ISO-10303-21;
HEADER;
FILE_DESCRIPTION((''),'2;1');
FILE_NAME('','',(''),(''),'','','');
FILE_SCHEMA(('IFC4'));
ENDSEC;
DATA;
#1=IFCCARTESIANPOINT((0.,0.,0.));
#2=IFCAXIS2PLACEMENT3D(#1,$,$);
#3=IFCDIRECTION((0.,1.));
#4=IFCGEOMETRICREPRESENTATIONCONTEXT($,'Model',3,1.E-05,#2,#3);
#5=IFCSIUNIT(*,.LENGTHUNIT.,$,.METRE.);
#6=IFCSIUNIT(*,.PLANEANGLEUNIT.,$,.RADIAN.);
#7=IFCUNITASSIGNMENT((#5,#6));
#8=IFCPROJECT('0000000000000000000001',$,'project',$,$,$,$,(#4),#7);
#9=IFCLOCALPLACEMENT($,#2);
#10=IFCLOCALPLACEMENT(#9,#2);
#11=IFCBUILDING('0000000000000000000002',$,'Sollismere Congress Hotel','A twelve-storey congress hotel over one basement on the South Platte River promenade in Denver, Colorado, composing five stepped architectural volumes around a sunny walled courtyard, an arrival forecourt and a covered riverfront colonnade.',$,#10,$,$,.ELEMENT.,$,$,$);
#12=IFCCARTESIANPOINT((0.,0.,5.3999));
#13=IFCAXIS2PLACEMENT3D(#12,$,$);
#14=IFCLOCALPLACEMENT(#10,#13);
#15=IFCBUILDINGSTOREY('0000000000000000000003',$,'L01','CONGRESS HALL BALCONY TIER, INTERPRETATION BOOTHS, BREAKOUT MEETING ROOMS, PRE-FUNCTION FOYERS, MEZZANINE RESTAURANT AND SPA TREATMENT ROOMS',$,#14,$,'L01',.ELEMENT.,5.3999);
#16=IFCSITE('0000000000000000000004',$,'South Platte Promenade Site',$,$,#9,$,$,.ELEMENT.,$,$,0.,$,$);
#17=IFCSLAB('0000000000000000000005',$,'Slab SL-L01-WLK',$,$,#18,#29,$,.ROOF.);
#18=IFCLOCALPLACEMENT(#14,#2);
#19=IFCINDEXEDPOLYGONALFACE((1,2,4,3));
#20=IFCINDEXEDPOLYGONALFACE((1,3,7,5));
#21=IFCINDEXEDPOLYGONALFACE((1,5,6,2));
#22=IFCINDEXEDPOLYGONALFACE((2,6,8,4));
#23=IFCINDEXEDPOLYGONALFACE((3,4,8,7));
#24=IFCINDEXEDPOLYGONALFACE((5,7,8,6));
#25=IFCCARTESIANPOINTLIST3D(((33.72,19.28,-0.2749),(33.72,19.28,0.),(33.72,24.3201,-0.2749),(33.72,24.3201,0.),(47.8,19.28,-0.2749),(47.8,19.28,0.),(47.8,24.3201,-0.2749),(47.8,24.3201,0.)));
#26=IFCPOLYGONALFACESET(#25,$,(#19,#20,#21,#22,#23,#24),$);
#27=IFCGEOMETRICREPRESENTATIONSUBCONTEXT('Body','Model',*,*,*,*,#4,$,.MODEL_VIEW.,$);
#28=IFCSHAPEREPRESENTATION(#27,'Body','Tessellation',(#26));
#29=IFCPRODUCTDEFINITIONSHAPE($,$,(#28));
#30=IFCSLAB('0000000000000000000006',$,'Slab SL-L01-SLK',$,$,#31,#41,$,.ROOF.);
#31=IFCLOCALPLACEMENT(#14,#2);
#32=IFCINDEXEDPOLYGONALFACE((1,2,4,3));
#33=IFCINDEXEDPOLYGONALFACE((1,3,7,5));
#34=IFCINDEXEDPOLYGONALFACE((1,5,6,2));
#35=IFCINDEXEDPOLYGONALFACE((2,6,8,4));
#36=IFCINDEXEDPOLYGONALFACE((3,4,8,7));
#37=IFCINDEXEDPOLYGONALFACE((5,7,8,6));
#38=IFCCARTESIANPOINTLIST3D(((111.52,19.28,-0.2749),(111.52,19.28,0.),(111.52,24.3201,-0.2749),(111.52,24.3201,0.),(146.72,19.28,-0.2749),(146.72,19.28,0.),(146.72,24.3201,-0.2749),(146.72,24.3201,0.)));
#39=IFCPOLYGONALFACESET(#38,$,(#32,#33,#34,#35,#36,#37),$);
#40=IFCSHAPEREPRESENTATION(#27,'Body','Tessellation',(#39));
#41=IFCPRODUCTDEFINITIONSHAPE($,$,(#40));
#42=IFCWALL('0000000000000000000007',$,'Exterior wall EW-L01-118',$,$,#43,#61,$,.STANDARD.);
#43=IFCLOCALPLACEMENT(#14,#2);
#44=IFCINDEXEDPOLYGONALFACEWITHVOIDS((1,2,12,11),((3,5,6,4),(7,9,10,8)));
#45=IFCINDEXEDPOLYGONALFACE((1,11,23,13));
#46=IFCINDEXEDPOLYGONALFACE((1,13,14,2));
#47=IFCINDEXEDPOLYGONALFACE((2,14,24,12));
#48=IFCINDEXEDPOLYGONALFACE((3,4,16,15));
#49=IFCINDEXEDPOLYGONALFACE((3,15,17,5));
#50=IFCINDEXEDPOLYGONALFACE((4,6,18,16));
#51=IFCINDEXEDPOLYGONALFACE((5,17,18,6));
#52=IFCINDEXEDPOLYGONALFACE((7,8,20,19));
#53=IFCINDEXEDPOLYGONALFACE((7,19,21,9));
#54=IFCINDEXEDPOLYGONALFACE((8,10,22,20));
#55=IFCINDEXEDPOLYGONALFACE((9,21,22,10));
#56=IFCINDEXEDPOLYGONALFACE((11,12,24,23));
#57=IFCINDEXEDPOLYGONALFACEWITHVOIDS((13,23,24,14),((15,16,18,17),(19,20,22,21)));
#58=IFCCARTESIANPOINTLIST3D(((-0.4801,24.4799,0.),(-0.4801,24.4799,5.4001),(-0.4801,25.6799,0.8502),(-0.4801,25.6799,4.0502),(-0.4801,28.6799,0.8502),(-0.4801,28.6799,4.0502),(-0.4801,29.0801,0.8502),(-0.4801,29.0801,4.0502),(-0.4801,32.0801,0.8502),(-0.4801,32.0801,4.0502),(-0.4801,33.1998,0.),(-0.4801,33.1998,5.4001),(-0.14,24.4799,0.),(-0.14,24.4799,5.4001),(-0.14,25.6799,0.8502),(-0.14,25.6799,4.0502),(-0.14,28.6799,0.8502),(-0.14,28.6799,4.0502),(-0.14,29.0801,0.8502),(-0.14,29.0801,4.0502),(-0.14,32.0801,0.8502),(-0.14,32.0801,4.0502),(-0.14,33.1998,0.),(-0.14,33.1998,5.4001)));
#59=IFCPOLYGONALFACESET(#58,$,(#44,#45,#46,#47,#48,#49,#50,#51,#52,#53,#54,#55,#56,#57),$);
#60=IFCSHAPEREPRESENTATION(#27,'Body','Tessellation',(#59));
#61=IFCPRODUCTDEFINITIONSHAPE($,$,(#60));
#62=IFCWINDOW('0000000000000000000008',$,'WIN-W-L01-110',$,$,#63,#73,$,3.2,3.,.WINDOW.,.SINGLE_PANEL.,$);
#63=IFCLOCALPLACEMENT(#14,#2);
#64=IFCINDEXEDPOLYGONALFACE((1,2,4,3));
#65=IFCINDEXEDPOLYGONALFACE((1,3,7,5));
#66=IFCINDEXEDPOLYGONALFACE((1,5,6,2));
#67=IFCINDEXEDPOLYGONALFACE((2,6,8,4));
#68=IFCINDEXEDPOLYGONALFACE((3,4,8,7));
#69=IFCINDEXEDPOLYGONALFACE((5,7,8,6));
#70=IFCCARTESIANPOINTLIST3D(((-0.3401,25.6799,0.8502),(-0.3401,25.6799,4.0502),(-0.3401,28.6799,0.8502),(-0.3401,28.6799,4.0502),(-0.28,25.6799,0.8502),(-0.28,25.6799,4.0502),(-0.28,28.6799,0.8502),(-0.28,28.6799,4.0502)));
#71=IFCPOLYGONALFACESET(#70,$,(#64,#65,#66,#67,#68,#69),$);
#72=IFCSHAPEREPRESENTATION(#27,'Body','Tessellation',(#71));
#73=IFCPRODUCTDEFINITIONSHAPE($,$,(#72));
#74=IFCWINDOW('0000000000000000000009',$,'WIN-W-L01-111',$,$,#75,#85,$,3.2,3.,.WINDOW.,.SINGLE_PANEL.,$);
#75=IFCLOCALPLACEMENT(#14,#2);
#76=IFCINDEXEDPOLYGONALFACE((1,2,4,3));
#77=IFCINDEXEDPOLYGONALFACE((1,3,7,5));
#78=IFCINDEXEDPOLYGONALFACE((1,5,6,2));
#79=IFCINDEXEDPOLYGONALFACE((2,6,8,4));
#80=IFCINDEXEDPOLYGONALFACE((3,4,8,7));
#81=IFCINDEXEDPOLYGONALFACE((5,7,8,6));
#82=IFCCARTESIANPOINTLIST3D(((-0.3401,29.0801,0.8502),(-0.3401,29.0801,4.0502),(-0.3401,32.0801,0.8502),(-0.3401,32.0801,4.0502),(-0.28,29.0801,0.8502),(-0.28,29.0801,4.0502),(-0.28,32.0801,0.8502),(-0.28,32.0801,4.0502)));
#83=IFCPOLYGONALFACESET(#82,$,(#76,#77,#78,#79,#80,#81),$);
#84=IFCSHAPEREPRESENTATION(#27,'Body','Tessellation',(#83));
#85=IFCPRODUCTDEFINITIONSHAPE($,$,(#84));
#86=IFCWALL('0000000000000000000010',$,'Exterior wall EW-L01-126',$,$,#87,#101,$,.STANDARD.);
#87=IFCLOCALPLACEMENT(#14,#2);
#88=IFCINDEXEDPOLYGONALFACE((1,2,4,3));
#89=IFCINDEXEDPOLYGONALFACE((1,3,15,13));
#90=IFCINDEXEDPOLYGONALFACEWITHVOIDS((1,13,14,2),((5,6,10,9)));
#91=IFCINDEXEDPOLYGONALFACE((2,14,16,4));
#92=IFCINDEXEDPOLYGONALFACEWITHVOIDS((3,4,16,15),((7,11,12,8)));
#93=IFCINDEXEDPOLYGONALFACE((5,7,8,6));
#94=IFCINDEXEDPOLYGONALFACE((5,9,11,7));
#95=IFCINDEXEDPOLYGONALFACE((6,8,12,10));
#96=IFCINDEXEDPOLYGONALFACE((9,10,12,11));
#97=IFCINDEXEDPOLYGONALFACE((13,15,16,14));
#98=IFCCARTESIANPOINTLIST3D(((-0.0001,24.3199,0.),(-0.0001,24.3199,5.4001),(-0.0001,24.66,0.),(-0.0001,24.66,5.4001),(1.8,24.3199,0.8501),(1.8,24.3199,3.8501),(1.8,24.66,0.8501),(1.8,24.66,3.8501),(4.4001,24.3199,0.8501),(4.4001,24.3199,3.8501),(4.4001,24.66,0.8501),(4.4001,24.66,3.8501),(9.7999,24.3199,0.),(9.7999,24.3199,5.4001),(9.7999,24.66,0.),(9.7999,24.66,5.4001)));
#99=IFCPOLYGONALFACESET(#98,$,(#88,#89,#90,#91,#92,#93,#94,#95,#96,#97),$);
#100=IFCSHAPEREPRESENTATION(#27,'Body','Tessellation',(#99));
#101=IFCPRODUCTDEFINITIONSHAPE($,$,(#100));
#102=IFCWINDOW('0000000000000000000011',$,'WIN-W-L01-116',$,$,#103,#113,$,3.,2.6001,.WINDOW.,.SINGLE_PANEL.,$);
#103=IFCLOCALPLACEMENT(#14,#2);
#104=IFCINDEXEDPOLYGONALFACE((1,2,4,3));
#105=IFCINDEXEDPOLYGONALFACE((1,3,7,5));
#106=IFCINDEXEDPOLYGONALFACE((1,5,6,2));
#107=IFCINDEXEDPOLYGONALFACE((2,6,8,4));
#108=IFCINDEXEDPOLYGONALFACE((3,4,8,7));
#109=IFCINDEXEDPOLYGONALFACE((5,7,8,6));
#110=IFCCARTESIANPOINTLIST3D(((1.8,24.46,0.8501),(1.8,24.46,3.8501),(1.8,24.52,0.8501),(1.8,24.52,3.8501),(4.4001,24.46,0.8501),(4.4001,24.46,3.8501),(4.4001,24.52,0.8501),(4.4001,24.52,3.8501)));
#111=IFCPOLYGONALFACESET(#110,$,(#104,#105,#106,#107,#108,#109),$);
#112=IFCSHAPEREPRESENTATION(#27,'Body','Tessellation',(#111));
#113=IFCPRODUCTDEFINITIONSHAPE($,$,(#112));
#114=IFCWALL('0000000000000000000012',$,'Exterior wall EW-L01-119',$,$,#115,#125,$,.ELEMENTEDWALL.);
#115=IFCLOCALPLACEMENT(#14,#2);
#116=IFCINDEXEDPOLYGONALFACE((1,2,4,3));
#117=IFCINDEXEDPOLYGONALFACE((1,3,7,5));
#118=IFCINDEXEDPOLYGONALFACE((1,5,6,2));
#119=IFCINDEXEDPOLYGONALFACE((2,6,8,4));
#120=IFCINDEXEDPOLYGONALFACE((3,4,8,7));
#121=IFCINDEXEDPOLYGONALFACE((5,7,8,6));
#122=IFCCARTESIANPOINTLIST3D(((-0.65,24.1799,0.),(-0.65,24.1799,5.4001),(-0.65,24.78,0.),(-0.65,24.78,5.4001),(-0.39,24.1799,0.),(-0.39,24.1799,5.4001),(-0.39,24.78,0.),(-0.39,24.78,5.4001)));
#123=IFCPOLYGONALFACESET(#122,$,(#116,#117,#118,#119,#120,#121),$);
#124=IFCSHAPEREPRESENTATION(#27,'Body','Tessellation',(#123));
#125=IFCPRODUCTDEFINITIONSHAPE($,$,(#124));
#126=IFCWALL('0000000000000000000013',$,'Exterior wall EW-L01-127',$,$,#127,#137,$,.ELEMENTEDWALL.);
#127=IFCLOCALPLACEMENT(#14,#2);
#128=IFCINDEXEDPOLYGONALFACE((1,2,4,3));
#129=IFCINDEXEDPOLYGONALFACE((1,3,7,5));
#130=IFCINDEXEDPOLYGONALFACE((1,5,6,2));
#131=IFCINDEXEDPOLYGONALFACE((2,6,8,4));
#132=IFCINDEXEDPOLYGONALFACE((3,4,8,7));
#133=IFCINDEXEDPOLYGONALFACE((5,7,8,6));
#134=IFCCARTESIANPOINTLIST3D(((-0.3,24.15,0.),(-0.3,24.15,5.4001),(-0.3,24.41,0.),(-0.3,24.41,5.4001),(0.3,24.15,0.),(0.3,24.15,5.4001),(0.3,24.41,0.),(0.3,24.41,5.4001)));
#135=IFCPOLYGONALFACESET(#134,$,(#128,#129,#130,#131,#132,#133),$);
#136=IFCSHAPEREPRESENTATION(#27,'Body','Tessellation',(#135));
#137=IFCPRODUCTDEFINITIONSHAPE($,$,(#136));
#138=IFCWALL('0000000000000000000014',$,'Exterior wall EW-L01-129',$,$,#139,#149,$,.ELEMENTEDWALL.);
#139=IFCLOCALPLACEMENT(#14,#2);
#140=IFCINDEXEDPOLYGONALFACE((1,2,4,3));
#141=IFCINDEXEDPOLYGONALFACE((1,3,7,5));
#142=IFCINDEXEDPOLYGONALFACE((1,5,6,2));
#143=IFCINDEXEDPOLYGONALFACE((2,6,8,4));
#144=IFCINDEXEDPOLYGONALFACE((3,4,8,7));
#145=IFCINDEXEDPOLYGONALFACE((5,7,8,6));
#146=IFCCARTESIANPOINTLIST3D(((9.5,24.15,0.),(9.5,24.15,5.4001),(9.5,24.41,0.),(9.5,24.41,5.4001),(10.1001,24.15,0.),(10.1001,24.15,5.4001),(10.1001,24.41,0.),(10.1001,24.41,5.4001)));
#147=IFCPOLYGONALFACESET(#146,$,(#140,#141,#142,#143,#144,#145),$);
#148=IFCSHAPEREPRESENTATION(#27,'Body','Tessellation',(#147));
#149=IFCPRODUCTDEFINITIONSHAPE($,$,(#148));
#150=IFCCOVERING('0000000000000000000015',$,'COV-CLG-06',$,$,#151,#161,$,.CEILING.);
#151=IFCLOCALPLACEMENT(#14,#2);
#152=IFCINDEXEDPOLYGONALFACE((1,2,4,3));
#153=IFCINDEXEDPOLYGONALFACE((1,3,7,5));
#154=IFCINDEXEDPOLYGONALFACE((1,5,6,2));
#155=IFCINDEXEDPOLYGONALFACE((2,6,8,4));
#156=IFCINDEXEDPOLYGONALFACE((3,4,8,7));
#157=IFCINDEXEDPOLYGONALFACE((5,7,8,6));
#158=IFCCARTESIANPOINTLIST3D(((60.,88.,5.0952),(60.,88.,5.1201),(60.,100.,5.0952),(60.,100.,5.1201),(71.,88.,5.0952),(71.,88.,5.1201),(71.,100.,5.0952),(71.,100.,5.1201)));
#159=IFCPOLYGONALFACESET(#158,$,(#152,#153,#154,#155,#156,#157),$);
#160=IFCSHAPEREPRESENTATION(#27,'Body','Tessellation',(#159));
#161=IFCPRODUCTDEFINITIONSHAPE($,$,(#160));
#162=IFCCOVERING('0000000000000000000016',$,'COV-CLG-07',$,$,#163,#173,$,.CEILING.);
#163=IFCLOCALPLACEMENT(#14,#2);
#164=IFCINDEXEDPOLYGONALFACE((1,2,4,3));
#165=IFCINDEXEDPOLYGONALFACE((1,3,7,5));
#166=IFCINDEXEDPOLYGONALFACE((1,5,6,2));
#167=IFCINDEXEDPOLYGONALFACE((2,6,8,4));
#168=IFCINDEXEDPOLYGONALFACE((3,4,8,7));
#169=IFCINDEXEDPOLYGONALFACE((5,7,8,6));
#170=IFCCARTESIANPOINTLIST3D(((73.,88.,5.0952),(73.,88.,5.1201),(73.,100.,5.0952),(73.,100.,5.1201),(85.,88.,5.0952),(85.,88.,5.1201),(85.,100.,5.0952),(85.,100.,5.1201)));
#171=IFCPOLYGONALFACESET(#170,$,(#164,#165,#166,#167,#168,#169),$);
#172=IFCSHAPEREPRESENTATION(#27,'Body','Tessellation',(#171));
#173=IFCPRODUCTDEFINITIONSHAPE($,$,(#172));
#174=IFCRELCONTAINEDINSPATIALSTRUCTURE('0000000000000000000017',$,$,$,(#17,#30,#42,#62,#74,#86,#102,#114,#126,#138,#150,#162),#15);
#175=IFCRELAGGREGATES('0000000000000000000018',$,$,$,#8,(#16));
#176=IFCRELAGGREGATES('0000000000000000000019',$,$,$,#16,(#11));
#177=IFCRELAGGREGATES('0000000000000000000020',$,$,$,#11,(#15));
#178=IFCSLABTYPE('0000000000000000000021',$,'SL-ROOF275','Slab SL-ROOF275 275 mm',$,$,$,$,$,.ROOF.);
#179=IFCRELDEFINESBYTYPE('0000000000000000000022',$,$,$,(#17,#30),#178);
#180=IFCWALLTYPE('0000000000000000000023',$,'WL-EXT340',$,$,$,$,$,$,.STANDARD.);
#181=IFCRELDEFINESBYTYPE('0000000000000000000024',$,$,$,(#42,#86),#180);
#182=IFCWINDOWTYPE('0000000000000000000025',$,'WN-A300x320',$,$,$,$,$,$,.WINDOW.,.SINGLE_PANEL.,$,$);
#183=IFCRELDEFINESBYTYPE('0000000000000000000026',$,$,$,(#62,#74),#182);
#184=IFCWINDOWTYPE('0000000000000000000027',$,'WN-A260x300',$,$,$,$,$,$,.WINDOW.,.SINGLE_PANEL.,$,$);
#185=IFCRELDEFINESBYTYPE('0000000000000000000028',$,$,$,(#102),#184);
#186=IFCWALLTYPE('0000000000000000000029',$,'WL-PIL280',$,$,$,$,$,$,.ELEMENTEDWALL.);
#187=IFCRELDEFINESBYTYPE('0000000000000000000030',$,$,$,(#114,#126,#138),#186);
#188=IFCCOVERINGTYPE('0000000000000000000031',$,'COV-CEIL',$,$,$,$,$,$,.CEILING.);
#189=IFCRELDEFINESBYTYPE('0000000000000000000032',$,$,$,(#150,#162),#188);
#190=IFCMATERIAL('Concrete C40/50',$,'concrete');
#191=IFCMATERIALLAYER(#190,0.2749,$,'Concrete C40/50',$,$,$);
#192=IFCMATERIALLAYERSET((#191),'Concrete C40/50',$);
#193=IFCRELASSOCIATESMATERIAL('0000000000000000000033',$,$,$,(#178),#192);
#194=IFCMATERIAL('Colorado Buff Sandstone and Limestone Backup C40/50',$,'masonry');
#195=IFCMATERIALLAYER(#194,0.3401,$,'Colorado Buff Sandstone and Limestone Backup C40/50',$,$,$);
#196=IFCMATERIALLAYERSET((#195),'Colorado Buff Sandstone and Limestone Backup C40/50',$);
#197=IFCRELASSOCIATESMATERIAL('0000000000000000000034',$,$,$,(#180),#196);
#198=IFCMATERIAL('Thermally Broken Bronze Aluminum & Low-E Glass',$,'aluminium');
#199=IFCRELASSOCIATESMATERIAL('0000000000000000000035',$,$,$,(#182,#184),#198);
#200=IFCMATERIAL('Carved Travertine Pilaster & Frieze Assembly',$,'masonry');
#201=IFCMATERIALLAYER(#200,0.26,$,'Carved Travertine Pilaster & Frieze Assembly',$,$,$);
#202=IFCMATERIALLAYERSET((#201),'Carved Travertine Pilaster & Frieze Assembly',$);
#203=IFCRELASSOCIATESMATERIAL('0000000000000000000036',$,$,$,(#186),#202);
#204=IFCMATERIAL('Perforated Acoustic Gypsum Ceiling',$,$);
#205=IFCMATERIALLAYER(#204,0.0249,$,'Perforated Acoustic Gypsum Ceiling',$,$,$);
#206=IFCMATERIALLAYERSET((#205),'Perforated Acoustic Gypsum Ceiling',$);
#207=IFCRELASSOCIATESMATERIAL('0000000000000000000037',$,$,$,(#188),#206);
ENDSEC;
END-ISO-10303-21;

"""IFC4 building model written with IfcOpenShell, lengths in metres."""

from ifc_helpers import new_model, si_unit, direction, frame, frame_2d, origin, place, context, subcontext, project, spatial, polyline, rectangle, outline, extrude, material, layer, layer_set, type_object, element, fill, save


model = new_model("IFC4")

# Units and contexts
model_context = context("Model", 3, precision=1e-05, world=origin(), true_north=direction((0.0, 1.0)))
body_context = subcontext(model_context, "Body", "Model", "MODEL_VIEW")
ifc_project = project(units=[si_unit("LENGTHUNIT", "METRE"), si_unit("PLANEANGLEUNIT", "RADIAN")], contexts=[model_context])

# Site, building, storey
site_placement = place(None, origin())
site = spatial("IfcSite", under=ifc_project, at=site_placement, Name="South Platte Promenade Site", CompositionType="ELEMENT", RefElevation=0.0)
building_placement = place(site_placement, origin())
building = spatial("IfcBuilding", under=site, at=building_placement, Name="Sollismere Congress Hotel", Description="A twelve-storey congress hotel over one basement on the South Platte River promenade in Denver, Colorado, composing five stepped architectural volumes around a sunny walled courtyard, an arrival forecourt and a covered riverfront colonnade.", CompositionType="ELEMENT")
storey_placement = place(building_placement, frame((0.0, 0.0, 5.3999)))
storey = spatial("IfcBuildingStorey", under=building, at=storey_placement, Name="L01", Description="CONGRESS HALL BALCONY TIER, INTERPRETATION BOOTHS, BREAKOUT MEETING ROOMS, PRE-FUNCTION FOYERS, MEZZANINE RESTAURANT AND SPA TREATMENT ROOMS", LongName="L01", CompositionType="ELEMENT", Elevation=5.3999)

# Shared definitions
ifc_material_1 = material(Name="Concrete C40/50", Category="concrete")

# Slabs
ifc_layer_1 = layer(ifc_material_1, 0.2749, Name="Concrete C40/50")
ifc_layer_set_1 = layer_set([ifc_layer_1], Name="Concrete C40/50")
slab_type_1 = type_object("IfcSlabType", Name="SL-ROOF275", Description="Slab SL-ROOF275 275 mm", PredefinedType="ROOF", material=ifc_layer_set_1)
slab_1_placement = place(storey_placement, frame((0.0, 0.0, -0.2749)))
element("IfcSlab", 1, at=slab_1_placement, inside=storey, type_object=slab_type_1, Name="Slab SL-L01-WLK", PredefinedType="ROOF", context=body_context, shape_type="SweptSolid", body=[
    extrude(outline(polyline([(47.8, 19.28), (47.8, 24.3201), (33.72, 24.3201), (33.72, 19.28), (47.8, 19.28)])), origin(), (0.0, 0.0, 1.0), 0.2749),
])
slab_2_placement = place(storey_placement, frame((0.0, 0.0, -0.2749)))
element("IfcSlab", 2, at=slab_2_placement, inside=storey, type_object=slab_type_1, Name="Slab SL-L01-SLK", PredefinedType="ROOF", context=body_context, shape_type="SweptSolid", body=[
    extrude(outline(polyline([(146.72, 19.28), (146.72, 24.3201), (111.52, 24.3201), (111.52, 19.28), (146.72, 19.28)])), origin(), (0.0, 0.0, 1.0), 0.2749),
])

# Wall, openings, windows
ifc_material_2 = material(Name="Colorado Buff Sandstone and Limestone Backup C40/50", Category="masonry")
ifc_layer_2 = layer(ifc_material_2, 0.3401, Name="Colorado Buff Sandstone and Limestone Backup C40/50")
ifc_layer_set_2 = layer_set([ifc_layer_2], Name="Colorado Buff Sandstone and Limestone Backup C40/50")
wall_type_1 = type_object("IfcWallType", Name="WL-EXT340", PredefinedType="STANDARD", material=ifc_layer_set_2)
wall_1_placement = place(storey_placement, frame((-0.3101, 24.48, 0.0), z_axis=(0.0, 0.0, 1.0), x_axis=(0.0, 1.0, 0.0)))
wall_1 = element("IfcWall", 3, at=wall_1_placement, inside=storey, type_object=wall_type_1, Name="Exterior wall EW-L01-118", PredefinedType="STANDARD", context=body_context, shape_type="SweptSolid", body=[
    extrude(rectangle(XDim=8.72, YDim=0.3401, at=frame_2d((4.3599, 0.0))), origin(), (0.0, 0.0, 1.0), 5.4001),
])
opening_1_placement = place(wall_1_placement, frame((1.2, 0.0, 0.8501)))
opening_1 = element("IfcOpeningElement", 4, at=opening_1_placement, cuts=wall_1, PredefinedType="OPENING", context=body_context, shape_type="SweptSolid", body=[
    extrude(rectangle(XDim=3.0, YDim=3.2, at=frame_2d((1.5, 1.6001))), frame((0.0, 0.1799, 0.0), z_axis=(0.0, -1.0, 0.0), x_axis=(1.0, 0.0, 0.0)), (0.0, 0.0, 1.0), 0.3601),
])
opening_2_placement = place(wall_1_placement, frame((4.6001, 0.0, 0.8501)))
opening_2 = element("IfcOpeningElement", 5, at=opening_2_placement, cuts=wall_1, PredefinedType="OPENING", context=body_context, shape_type="SweptSolid", body=[
    extrude(rectangle(XDim=3.0, YDim=3.2, at=frame_2d((1.5, 1.6001))), frame((0.0, 0.1799, 0.0), z_axis=(0.0, -1.0, 0.0), x_axis=(1.0, 0.0, 0.0)), (0.0, 0.0, 1.0), 0.3601),
])
ifc_material_3 = material(Name="Thermally Broken Bronze Aluminum & Low-E Glass", Category="aluminium")
window_type_1 = type_object("IfcWindowType", Name="WN-A300x320", PartitioningType="SINGLE_PANEL", PredefinedType="WINDOW", material=ifc_material_3)
window_1_placement = place(opening_1_placement, origin())
window_1 = element("IfcWindow", 6, at=window_1_placement, inside=storey, type_object=window_type_1, Name="WIN-W-L01-110", OverallHeight=3.2, OverallWidth=3.0, PartitioningType="SINGLE_PANEL", PredefinedType="WINDOW", context=body_context, shape_type="SweptSolid", body=[
    extrude(rectangle(XDim=3.0, YDim=3.2, at=frame_2d((1.5, 1.6001))), frame((0.0, 0.03, 0.0), z_axis=(0.0, -1.0, 0.0), x_axis=(1.0, 0.0, 0.0)), (0.0, 0.0, 1.0), 0.0601),
])
fill(opening_1, window_1)
window_2_placement = place(opening_2_placement, origin())
window_2 = element("IfcWindow", 7, at=window_2_placement, inside=storey, type_object=window_type_1, Name="WIN-W-L01-111", OverallHeight=3.2, OverallWidth=3.0, PartitioningType="SINGLE_PANEL", PredefinedType="WINDOW", context=body_context, shape_type="SweptSolid", body=[
    extrude(rectangle(XDim=3.0, YDim=3.2, at=frame_2d((1.5, 1.6001))), frame((0.0, 0.03, 0.0), z_axis=(0.0, -1.0, 0.0), x_axis=(1.0, 0.0, 0.0)), (0.0, 0.0, 1.0), 0.0601),
])
fill(opening_2, window_2)

# Wall, opening, window
wall_2_placement = place(storey_placement, frame((0.0, 24.49, 0.0), z_axis=(0.0, 0.0, 1.0), x_axis=(1.0, 0.0, 0.0)))
wall_2 = element("IfcWall", 8, at=wall_2_placement, inside=storey, type_object=wall_type_1, Name="Exterior wall EW-L01-126", PredefinedType="STANDARD", context=body_context, shape_type="SweptSolid", body=[
    extrude(rectangle(XDim=9.8, YDim=0.3401, at=frame_2d((4.8999, 0.0))), origin(), (0.0, 0.0, 1.0), 5.4001),
])
opening_3_placement = place(wall_2_placement, frame((1.8, 0.0, 0.8501)))
opening_3 = element("IfcOpeningElement", 9, at=opening_3_placement, cuts=wall_2, PredefinedType="OPENING", context=body_context, shape_type="SweptSolid", body=[
    extrude(rectangle(XDim=2.6001, YDim=3.0, at=frame_2d((1.3, 1.5))), frame((0.0, 0.1799, 0.0), z_axis=(0.0, -1.0, 0.0), x_axis=(1.0, 0.0, 0.0)), (0.0, 0.0, 1.0), 0.3601),
])
window_type_2 = type_object("IfcWindowType", Name="WN-A260x300", PartitioningType="SINGLE_PANEL", PredefinedType="WINDOW", material=ifc_material_3)
window_3_placement = place(opening_3_placement, origin())
window_3 = element("IfcWindow", 10, at=window_3_placement, inside=storey, type_object=window_type_2, Name="WIN-W-L01-116", OverallHeight=3.0, OverallWidth=2.6001, PartitioningType="SINGLE_PANEL", PredefinedType="WINDOW", context=body_context, shape_type="SweptSolid", body=[
    extrude(rectangle(XDim=2.6001, YDim=3.0, at=frame_2d((1.3, 1.5))), frame((0.0, 0.03, 0.0), z_axis=(0.0, -1.0, 0.0), x_axis=(1.0, 0.0, 0.0)), (0.0, 0.0, 1.0), 0.0601),
])
fill(opening_3, window_3)

# Walls
ifc_material_4 = material(Name="Carved Travertine Pilaster & Frieze Assembly", Category="masonry")
ifc_layer_3 = layer(ifc_material_4, 0.26, Name="Carved Travertine Pilaster & Frieze Assembly")
ifc_layer_set_3 = layer_set([ifc_layer_3], Name="Carved Travertine Pilaster & Frieze Assembly")
wall_type_2 = type_object("IfcWallType", Name="WL-PIL280", PredefinedType="ELEMENTEDWALL", material=ifc_layer_set_3)
for number, where, z_axis, x_axis, name in (
    (11, (-0.52, 24.1799, 0.0), (0.0, 0.0, 1.0), (0.0, 1.0, 0.0), "Exterior wall EW-L01-119"),
    (12, (-0.3, 24.28, 0.0), (0.0, 0.0, 1.0), (1.0, 0.0, 0.0), "Exterior wall EW-L01-127"),
    (13, (9.5, 24.28, 0.0), (0.0, 0.0, 1.0), (1.0, 0.0, 0.0), "Exterior wall EW-L01-129"),
):
    element("IfcWall", number, at=place(storey_placement, frame(where, z_axis=z_axis, x_axis=x_axis)), inside=storey, type_object=wall_type_2, Name=name, PredefinedType="ELEMENTEDWALL", context=body_context, shape_type="SweptSolid", body=[
        extrude(rectangle(XDim=0.6001, YDim=0.26, at=frame_2d((0.3, 0.0))), origin(), (0.0, 0.0, 1.0), 5.4001),
    ])

# Coverings
ifc_material_5 = material(Name="Perforated Acoustic Gypsum Ceiling")
ifc_layer_4 = layer(ifc_material_5, 0.0249, Name="Perforated Acoustic Gypsum Ceiling")
ifc_layer_set_4 = layer_set([ifc_layer_4], Name="Perforated Acoustic Gypsum Ceiling")
covering_type_1 = type_object("IfcCoveringType", Name="COV-CEIL", PredefinedType="CEILING", material=ifc_layer_set_4)
covering_1_placement = place(storey_placement, frame((0.0, 0.0, 5.0952)))
element("IfcCovering", 14, at=covering_1_placement, inside=storey, type_object=covering_type_1, Name="COV-CLG-06", PredefinedType="CEILING", context=body_context, shape_type="SweptSolid", body=[
    extrude(outline(polyline([(60.0, 88.0), (71.0, 88.0), (71.0, 100.0), (60.0, 100.0), (60.0, 88.0)])), origin(), (0.0, 0.0, 1.0), 0.0249),
])
covering_2_placement = place(storey_placement, frame((0.0, 0.0, 5.0952)))
element("IfcCovering", 15, at=covering_2_placement, inside=storey, type_object=covering_type_1, Name="COV-CLG-07", PredefinedType="CEILING", context=body_context, shape_type="SweptSolid", body=[
    extrude(outline(polyline([(73.0, 88.0), (85.0, 88.0), (85.0, 100.0), (73.0, 100.0), (73.0, 88.0)])), origin(), (0.0, 0.0, 1.0), 0.0249),
])

save(model, "model.ifc")
